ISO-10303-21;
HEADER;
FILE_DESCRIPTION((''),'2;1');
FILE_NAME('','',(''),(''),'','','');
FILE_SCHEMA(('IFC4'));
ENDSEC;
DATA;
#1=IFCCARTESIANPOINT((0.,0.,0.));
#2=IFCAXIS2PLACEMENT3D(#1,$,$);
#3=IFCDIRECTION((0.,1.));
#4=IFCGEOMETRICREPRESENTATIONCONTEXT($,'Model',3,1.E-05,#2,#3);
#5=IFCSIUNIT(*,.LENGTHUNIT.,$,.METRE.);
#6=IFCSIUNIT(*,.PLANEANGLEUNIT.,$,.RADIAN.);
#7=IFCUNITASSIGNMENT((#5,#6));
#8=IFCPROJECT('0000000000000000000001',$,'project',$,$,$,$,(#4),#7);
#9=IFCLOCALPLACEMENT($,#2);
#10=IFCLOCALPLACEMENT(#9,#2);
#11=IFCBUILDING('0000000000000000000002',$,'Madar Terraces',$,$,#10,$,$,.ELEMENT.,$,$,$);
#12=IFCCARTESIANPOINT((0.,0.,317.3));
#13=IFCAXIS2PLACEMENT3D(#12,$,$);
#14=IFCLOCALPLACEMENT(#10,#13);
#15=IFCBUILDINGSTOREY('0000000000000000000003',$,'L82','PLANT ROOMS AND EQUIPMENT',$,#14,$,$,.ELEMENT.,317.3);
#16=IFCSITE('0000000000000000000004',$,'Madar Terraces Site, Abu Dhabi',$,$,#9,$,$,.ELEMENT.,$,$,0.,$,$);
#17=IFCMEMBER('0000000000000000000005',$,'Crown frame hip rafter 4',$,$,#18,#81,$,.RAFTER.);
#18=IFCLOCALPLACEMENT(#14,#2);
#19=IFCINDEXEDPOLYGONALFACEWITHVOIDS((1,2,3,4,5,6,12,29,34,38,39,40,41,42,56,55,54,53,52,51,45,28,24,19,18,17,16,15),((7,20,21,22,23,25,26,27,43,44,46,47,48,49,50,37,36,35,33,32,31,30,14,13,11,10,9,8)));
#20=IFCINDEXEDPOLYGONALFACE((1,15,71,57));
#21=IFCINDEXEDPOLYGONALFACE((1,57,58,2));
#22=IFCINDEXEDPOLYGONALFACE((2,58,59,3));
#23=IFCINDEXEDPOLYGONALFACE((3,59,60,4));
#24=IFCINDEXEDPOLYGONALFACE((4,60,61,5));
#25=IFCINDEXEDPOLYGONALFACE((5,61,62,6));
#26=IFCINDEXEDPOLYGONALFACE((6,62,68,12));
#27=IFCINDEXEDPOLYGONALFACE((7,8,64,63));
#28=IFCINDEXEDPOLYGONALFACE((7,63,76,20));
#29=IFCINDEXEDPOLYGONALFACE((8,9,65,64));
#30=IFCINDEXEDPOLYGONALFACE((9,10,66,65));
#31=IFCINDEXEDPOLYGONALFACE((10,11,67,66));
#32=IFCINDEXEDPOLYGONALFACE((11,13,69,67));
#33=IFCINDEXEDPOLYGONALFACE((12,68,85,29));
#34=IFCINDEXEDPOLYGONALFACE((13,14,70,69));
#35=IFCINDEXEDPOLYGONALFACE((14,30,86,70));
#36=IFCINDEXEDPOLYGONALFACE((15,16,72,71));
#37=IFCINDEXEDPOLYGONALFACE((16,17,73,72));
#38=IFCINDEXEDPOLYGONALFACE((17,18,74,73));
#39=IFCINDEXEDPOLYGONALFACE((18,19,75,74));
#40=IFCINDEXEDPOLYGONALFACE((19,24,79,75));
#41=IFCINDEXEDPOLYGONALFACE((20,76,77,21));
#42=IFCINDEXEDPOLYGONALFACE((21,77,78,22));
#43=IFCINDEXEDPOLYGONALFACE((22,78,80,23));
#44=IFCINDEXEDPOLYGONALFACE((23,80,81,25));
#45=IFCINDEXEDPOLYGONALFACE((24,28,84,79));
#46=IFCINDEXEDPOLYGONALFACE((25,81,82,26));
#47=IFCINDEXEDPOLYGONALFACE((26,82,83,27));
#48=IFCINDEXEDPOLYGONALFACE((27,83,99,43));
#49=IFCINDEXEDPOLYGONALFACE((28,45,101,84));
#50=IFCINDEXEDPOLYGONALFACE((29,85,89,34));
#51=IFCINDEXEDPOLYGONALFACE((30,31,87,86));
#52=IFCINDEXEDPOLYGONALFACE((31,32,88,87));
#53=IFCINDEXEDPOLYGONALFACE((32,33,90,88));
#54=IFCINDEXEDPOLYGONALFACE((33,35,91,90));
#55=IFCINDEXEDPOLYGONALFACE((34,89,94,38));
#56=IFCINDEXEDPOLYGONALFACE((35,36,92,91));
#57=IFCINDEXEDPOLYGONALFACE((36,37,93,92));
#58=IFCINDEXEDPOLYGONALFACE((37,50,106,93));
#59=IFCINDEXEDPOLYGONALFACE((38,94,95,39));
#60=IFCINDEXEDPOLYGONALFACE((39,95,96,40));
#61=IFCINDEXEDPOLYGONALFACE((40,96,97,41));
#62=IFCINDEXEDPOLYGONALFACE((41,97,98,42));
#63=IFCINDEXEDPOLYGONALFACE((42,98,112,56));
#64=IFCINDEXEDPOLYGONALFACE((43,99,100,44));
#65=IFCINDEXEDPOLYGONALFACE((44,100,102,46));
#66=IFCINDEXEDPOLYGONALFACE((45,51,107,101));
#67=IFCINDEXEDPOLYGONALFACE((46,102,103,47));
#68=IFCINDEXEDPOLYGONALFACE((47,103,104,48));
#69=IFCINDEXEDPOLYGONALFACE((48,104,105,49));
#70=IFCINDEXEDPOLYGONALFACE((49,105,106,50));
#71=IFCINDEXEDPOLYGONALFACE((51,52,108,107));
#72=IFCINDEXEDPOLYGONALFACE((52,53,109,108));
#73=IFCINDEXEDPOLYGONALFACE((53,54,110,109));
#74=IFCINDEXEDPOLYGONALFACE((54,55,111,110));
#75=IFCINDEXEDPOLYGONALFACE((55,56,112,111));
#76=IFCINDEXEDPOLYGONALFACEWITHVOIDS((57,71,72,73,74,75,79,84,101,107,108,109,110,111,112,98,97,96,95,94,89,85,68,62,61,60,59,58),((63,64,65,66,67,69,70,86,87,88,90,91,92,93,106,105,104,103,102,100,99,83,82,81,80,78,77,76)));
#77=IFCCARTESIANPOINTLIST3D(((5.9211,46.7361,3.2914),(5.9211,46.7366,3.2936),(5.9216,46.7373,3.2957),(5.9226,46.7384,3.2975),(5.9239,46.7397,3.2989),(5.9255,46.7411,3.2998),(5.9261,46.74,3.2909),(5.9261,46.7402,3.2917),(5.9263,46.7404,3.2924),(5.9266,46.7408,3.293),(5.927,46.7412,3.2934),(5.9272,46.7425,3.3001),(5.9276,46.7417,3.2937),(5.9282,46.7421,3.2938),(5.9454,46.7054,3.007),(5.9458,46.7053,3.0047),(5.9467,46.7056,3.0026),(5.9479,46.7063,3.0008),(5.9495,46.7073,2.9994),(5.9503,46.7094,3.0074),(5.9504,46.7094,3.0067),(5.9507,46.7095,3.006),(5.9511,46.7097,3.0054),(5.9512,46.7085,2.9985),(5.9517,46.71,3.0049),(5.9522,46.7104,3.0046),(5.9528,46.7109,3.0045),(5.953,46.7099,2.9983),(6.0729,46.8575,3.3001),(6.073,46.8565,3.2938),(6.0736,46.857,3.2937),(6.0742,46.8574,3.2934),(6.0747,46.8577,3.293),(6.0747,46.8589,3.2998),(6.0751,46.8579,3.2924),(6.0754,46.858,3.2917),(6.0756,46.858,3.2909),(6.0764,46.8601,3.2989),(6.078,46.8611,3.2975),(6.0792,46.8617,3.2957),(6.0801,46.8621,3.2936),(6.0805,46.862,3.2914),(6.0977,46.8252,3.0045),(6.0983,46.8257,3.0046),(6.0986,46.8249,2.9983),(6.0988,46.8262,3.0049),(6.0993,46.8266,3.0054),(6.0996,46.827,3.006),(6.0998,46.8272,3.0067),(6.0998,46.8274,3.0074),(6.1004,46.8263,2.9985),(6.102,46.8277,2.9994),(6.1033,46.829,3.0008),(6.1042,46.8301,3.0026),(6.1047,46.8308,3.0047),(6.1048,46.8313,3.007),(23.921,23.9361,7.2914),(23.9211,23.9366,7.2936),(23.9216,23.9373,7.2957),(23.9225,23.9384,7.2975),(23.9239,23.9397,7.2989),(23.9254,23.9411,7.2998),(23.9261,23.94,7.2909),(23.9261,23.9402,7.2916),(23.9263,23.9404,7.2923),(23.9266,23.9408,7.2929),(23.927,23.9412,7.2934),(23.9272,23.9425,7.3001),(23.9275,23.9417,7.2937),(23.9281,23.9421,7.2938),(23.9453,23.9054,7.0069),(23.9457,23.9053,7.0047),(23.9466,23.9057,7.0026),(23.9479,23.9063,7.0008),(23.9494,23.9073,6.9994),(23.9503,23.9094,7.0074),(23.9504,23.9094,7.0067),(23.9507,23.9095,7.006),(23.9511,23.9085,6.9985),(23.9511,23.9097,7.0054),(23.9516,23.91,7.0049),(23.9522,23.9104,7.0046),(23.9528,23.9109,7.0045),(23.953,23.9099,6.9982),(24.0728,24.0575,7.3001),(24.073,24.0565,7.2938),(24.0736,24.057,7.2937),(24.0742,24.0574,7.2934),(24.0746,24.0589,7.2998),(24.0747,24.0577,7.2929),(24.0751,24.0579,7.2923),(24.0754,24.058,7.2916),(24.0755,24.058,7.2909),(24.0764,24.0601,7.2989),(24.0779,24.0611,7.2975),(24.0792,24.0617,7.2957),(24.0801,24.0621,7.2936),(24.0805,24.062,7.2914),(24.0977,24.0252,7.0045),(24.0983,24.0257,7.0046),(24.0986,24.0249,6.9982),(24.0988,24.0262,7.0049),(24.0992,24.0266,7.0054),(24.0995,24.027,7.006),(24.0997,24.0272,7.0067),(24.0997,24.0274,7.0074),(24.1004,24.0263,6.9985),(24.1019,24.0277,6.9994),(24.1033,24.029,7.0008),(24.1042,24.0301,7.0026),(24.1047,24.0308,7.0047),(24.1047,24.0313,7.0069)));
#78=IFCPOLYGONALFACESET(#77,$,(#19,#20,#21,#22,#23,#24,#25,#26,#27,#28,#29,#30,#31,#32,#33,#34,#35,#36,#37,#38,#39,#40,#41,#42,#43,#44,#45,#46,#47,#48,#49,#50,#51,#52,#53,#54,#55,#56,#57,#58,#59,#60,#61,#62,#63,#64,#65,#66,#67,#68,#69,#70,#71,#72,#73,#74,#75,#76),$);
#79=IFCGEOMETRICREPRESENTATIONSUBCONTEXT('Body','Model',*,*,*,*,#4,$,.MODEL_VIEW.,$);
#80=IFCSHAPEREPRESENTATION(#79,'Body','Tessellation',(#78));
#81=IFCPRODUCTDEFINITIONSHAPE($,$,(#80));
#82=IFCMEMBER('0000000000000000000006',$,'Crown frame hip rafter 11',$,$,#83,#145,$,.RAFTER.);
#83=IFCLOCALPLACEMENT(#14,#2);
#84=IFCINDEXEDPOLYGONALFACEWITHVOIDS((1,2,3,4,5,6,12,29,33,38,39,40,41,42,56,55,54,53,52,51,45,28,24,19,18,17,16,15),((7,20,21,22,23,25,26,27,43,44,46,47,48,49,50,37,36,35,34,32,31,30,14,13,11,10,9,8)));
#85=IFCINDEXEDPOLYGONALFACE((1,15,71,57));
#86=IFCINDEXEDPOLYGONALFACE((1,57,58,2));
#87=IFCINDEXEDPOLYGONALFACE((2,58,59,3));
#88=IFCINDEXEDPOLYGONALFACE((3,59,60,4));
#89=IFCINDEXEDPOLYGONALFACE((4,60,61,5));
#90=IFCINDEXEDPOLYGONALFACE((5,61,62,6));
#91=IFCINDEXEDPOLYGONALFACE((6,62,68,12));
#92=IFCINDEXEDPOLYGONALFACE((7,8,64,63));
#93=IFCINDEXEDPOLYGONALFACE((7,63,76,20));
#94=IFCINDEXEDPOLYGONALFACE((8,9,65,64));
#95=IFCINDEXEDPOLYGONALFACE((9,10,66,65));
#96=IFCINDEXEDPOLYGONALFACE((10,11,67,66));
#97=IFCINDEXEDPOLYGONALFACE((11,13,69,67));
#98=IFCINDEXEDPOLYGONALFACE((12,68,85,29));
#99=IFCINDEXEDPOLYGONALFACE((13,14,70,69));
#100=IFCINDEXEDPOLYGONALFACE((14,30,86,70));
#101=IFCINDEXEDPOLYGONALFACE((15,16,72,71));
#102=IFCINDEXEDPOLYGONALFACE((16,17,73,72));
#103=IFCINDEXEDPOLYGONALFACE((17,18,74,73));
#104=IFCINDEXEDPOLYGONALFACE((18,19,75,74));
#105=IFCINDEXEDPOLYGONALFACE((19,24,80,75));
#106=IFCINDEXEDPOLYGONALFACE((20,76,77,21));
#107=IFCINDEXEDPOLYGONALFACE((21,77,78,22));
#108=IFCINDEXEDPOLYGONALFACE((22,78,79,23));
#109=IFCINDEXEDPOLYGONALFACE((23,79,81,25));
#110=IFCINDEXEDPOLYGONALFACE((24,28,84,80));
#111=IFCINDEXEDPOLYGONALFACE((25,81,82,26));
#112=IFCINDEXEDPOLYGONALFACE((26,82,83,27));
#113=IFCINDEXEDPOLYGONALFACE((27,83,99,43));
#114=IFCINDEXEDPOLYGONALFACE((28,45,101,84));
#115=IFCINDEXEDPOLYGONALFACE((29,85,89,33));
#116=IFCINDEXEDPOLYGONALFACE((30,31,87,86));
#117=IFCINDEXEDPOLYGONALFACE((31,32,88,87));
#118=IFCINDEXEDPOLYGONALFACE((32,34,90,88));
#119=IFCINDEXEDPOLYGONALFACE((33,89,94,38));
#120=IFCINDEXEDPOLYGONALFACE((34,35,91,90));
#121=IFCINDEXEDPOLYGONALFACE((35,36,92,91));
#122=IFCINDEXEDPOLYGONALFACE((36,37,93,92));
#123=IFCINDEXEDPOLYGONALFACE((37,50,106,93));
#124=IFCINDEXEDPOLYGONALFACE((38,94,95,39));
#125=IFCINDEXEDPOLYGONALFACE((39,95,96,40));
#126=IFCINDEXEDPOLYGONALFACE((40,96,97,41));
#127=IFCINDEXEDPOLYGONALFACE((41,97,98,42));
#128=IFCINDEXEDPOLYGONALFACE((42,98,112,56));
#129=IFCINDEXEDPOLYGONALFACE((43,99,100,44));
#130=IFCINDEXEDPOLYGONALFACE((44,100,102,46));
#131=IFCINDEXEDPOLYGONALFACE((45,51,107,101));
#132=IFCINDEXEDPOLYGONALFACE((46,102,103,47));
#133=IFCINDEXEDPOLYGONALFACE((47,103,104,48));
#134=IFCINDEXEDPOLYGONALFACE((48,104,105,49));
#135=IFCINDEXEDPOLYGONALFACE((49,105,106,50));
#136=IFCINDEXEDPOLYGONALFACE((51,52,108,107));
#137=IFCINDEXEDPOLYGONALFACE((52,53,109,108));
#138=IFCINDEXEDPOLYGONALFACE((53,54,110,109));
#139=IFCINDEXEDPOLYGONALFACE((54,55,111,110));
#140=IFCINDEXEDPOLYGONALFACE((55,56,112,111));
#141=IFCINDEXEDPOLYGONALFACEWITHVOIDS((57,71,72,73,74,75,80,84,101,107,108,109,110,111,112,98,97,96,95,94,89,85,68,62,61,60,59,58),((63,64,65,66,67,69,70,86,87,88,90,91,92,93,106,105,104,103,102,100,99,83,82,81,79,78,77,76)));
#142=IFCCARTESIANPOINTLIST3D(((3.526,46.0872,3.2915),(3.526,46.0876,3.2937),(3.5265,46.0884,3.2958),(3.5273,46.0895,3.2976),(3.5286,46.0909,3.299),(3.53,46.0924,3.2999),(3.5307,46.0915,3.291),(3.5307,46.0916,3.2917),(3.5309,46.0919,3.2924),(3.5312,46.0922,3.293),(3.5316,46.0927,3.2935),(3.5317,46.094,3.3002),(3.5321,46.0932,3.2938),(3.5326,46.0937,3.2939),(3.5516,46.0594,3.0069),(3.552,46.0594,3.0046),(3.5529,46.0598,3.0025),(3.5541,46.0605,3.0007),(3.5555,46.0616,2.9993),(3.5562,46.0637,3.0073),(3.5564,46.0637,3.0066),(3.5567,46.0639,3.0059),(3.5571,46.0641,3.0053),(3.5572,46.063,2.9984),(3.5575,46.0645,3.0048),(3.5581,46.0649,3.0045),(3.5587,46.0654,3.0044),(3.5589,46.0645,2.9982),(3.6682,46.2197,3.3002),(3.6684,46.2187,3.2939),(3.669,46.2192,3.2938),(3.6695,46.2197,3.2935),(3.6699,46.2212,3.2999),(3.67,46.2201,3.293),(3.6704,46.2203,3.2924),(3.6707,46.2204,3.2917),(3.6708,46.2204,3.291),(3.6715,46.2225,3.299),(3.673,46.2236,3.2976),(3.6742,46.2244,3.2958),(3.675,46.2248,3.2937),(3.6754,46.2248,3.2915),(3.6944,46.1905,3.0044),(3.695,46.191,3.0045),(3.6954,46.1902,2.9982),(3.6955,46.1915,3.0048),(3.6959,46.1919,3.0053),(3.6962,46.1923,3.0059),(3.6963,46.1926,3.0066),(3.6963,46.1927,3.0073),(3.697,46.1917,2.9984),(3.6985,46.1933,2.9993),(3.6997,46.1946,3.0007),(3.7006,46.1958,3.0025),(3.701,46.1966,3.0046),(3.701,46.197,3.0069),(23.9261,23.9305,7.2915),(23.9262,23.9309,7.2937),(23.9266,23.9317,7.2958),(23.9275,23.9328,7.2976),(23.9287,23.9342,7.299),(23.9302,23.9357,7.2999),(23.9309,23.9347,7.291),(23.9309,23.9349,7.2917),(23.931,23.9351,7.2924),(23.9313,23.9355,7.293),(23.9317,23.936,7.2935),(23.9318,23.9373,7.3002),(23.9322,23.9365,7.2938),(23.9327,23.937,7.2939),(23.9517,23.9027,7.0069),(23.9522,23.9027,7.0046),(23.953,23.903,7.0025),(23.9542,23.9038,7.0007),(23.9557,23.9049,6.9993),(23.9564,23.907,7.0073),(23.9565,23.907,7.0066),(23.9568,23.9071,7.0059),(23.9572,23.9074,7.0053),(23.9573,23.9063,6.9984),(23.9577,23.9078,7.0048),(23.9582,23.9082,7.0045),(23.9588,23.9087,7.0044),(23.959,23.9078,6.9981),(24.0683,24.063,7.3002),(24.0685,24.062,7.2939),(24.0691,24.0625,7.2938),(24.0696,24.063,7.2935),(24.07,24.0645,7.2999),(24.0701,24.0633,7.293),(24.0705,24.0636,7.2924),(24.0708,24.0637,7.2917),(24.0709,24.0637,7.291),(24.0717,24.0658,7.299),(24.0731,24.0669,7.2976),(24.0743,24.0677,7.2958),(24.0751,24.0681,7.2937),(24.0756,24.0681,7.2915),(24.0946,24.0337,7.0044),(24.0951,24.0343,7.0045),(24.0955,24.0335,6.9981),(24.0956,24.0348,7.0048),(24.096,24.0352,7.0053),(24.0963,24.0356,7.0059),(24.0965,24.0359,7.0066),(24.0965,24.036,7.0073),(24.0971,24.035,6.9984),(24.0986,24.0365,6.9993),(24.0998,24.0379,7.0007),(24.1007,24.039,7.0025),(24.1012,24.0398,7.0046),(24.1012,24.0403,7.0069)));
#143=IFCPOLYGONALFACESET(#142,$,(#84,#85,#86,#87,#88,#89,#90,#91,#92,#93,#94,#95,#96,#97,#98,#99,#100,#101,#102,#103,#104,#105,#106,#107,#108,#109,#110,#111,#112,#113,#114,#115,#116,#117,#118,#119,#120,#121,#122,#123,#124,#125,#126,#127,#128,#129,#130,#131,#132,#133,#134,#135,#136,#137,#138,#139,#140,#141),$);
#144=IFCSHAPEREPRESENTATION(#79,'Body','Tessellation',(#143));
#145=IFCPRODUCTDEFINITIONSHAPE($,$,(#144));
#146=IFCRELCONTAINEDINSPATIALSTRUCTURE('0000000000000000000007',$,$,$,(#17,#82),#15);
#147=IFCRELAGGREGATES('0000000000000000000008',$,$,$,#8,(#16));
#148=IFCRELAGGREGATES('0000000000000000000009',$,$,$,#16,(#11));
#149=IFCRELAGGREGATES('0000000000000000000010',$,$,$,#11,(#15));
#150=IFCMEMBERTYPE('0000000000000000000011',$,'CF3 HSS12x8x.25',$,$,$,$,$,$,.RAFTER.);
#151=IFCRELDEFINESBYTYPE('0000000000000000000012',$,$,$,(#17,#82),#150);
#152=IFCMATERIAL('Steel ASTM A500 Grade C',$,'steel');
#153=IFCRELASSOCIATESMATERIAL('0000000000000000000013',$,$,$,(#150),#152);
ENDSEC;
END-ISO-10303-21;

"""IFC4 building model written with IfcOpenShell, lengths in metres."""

from ifc_helpers import new_model, si_unit, direction, frame, origin, origin_2d, place, context, subcontext, project, spatial, hollow_rectangle, extrude, material, material_profile, profile_set, type_object, element, save


model = new_model("IFC4")

# Units and contexts
model_context = context("Model", 3, precision=1e-05, world=origin(), true_north=direction((0.0, 1.0)))
body_context = subcontext(model_context, "Body", "Model", "MODEL_VIEW")
ifc_project = project(units=[si_unit("LENGTHUNIT", "METRE"), si_unit("PLANEANGLEUNIT", "RADIAN")], contexts=[model_context])

# Site, building, storey
site_placement = place(None, origin())
site = spatial("IfcSite", under=ifc_project, at=site_placement, Name="Madar Terraces Site, Abu Dhabi", CompositionType="ELEMENT", RefElevation=0.0)
building_placement = place(site_placement, origin())
building = spatial("IfcBuilding", under=site, at=building_placement, Name="Madar Terraces", CompositionType="ELEMENT")
storey_placement = place(building_placement, frame((0.0, 0.0, 317.3)))
storey = spatial("IfcBuildingStorey", under=building, at=storey_placement, Name="L82", Description="PLANT ROOMS AND EQUIPMENT", CompositionType="ELEMENT", Elevation=317.3)

# Members
ifc_material_1 = material(Name="Steel ASTM A500 Grade C", Category="steel")
ifc_material_profile_1 = material_profile(ifc_material_1, hollow_rectangle(XDim=0.2031, YDim=0.3047, WallThickness=0.0063, InnerFilletRadius=0.0029, OuterFilletRadius=0.0088, at=origin_2d()), Name="HSS12x8x.25")
ifc_profile_set_1 = profile_set([ifc_material_profile_1], Name="Steel ASTM A500 Grade C")
member_type_1 = type_object("IfcMemberType", Name="CF3 HSS12x8x.25", PredefinedType="RAFTER", material=ifc_profile_set_1)
member_placement = place(storey_placement, frame((6.0129, 46.7837, 3.1492), z_axis=(0.613851, -0.777547, 0.136411), x_axis=(0.784883, 0.619643, 0.0)))
element("IfcMember", 1, at=member_placement, inside=storey, type_object=member_type_1, Name="Crown frame hip rafter 4", PredefinedType="RAFTER", context=body_context, shape_type="SweptSolid", body=[
    extrude(hollow_rectangle(XDim=0.2031, YDim=0.3047, WallThickness=0.0063, InnerFilletRadius=0.0029, OuterFilletRadius=0.0088, at=origin_2d()), origin(), (0.0, 0.0, 1.0), 29.323),
])
for number, where, z_axis, x_axis, name in (
    (2, (3.6135, 46.1421, 3.1492), (0.671447, -0.729264, 0.131655), (0.735667, 0.677343, 0.0), "Crown frame hip rafter 11"),
):
    element("IfcMember", number, at=place(storey_placement, frame(where, z_axis=z_axis, x_axis=x_axis)), inside=storey, type_object=member_type_1, Name=name, PredefinedType="RAFTER", context=body_context, shape_type="SweptSolid", body=[
        extrude(hollow_rectangle(XDim=0.2031, YDim=0.3047, WallThickness=0.0063, InnerFilletRadius=0.0029, OuterFilletRadius=0.0088, at=origin_2d()), origin(), (0.0, 0.0, 1.0), 30.3823),
    ])

save(model, "model.ifc")
